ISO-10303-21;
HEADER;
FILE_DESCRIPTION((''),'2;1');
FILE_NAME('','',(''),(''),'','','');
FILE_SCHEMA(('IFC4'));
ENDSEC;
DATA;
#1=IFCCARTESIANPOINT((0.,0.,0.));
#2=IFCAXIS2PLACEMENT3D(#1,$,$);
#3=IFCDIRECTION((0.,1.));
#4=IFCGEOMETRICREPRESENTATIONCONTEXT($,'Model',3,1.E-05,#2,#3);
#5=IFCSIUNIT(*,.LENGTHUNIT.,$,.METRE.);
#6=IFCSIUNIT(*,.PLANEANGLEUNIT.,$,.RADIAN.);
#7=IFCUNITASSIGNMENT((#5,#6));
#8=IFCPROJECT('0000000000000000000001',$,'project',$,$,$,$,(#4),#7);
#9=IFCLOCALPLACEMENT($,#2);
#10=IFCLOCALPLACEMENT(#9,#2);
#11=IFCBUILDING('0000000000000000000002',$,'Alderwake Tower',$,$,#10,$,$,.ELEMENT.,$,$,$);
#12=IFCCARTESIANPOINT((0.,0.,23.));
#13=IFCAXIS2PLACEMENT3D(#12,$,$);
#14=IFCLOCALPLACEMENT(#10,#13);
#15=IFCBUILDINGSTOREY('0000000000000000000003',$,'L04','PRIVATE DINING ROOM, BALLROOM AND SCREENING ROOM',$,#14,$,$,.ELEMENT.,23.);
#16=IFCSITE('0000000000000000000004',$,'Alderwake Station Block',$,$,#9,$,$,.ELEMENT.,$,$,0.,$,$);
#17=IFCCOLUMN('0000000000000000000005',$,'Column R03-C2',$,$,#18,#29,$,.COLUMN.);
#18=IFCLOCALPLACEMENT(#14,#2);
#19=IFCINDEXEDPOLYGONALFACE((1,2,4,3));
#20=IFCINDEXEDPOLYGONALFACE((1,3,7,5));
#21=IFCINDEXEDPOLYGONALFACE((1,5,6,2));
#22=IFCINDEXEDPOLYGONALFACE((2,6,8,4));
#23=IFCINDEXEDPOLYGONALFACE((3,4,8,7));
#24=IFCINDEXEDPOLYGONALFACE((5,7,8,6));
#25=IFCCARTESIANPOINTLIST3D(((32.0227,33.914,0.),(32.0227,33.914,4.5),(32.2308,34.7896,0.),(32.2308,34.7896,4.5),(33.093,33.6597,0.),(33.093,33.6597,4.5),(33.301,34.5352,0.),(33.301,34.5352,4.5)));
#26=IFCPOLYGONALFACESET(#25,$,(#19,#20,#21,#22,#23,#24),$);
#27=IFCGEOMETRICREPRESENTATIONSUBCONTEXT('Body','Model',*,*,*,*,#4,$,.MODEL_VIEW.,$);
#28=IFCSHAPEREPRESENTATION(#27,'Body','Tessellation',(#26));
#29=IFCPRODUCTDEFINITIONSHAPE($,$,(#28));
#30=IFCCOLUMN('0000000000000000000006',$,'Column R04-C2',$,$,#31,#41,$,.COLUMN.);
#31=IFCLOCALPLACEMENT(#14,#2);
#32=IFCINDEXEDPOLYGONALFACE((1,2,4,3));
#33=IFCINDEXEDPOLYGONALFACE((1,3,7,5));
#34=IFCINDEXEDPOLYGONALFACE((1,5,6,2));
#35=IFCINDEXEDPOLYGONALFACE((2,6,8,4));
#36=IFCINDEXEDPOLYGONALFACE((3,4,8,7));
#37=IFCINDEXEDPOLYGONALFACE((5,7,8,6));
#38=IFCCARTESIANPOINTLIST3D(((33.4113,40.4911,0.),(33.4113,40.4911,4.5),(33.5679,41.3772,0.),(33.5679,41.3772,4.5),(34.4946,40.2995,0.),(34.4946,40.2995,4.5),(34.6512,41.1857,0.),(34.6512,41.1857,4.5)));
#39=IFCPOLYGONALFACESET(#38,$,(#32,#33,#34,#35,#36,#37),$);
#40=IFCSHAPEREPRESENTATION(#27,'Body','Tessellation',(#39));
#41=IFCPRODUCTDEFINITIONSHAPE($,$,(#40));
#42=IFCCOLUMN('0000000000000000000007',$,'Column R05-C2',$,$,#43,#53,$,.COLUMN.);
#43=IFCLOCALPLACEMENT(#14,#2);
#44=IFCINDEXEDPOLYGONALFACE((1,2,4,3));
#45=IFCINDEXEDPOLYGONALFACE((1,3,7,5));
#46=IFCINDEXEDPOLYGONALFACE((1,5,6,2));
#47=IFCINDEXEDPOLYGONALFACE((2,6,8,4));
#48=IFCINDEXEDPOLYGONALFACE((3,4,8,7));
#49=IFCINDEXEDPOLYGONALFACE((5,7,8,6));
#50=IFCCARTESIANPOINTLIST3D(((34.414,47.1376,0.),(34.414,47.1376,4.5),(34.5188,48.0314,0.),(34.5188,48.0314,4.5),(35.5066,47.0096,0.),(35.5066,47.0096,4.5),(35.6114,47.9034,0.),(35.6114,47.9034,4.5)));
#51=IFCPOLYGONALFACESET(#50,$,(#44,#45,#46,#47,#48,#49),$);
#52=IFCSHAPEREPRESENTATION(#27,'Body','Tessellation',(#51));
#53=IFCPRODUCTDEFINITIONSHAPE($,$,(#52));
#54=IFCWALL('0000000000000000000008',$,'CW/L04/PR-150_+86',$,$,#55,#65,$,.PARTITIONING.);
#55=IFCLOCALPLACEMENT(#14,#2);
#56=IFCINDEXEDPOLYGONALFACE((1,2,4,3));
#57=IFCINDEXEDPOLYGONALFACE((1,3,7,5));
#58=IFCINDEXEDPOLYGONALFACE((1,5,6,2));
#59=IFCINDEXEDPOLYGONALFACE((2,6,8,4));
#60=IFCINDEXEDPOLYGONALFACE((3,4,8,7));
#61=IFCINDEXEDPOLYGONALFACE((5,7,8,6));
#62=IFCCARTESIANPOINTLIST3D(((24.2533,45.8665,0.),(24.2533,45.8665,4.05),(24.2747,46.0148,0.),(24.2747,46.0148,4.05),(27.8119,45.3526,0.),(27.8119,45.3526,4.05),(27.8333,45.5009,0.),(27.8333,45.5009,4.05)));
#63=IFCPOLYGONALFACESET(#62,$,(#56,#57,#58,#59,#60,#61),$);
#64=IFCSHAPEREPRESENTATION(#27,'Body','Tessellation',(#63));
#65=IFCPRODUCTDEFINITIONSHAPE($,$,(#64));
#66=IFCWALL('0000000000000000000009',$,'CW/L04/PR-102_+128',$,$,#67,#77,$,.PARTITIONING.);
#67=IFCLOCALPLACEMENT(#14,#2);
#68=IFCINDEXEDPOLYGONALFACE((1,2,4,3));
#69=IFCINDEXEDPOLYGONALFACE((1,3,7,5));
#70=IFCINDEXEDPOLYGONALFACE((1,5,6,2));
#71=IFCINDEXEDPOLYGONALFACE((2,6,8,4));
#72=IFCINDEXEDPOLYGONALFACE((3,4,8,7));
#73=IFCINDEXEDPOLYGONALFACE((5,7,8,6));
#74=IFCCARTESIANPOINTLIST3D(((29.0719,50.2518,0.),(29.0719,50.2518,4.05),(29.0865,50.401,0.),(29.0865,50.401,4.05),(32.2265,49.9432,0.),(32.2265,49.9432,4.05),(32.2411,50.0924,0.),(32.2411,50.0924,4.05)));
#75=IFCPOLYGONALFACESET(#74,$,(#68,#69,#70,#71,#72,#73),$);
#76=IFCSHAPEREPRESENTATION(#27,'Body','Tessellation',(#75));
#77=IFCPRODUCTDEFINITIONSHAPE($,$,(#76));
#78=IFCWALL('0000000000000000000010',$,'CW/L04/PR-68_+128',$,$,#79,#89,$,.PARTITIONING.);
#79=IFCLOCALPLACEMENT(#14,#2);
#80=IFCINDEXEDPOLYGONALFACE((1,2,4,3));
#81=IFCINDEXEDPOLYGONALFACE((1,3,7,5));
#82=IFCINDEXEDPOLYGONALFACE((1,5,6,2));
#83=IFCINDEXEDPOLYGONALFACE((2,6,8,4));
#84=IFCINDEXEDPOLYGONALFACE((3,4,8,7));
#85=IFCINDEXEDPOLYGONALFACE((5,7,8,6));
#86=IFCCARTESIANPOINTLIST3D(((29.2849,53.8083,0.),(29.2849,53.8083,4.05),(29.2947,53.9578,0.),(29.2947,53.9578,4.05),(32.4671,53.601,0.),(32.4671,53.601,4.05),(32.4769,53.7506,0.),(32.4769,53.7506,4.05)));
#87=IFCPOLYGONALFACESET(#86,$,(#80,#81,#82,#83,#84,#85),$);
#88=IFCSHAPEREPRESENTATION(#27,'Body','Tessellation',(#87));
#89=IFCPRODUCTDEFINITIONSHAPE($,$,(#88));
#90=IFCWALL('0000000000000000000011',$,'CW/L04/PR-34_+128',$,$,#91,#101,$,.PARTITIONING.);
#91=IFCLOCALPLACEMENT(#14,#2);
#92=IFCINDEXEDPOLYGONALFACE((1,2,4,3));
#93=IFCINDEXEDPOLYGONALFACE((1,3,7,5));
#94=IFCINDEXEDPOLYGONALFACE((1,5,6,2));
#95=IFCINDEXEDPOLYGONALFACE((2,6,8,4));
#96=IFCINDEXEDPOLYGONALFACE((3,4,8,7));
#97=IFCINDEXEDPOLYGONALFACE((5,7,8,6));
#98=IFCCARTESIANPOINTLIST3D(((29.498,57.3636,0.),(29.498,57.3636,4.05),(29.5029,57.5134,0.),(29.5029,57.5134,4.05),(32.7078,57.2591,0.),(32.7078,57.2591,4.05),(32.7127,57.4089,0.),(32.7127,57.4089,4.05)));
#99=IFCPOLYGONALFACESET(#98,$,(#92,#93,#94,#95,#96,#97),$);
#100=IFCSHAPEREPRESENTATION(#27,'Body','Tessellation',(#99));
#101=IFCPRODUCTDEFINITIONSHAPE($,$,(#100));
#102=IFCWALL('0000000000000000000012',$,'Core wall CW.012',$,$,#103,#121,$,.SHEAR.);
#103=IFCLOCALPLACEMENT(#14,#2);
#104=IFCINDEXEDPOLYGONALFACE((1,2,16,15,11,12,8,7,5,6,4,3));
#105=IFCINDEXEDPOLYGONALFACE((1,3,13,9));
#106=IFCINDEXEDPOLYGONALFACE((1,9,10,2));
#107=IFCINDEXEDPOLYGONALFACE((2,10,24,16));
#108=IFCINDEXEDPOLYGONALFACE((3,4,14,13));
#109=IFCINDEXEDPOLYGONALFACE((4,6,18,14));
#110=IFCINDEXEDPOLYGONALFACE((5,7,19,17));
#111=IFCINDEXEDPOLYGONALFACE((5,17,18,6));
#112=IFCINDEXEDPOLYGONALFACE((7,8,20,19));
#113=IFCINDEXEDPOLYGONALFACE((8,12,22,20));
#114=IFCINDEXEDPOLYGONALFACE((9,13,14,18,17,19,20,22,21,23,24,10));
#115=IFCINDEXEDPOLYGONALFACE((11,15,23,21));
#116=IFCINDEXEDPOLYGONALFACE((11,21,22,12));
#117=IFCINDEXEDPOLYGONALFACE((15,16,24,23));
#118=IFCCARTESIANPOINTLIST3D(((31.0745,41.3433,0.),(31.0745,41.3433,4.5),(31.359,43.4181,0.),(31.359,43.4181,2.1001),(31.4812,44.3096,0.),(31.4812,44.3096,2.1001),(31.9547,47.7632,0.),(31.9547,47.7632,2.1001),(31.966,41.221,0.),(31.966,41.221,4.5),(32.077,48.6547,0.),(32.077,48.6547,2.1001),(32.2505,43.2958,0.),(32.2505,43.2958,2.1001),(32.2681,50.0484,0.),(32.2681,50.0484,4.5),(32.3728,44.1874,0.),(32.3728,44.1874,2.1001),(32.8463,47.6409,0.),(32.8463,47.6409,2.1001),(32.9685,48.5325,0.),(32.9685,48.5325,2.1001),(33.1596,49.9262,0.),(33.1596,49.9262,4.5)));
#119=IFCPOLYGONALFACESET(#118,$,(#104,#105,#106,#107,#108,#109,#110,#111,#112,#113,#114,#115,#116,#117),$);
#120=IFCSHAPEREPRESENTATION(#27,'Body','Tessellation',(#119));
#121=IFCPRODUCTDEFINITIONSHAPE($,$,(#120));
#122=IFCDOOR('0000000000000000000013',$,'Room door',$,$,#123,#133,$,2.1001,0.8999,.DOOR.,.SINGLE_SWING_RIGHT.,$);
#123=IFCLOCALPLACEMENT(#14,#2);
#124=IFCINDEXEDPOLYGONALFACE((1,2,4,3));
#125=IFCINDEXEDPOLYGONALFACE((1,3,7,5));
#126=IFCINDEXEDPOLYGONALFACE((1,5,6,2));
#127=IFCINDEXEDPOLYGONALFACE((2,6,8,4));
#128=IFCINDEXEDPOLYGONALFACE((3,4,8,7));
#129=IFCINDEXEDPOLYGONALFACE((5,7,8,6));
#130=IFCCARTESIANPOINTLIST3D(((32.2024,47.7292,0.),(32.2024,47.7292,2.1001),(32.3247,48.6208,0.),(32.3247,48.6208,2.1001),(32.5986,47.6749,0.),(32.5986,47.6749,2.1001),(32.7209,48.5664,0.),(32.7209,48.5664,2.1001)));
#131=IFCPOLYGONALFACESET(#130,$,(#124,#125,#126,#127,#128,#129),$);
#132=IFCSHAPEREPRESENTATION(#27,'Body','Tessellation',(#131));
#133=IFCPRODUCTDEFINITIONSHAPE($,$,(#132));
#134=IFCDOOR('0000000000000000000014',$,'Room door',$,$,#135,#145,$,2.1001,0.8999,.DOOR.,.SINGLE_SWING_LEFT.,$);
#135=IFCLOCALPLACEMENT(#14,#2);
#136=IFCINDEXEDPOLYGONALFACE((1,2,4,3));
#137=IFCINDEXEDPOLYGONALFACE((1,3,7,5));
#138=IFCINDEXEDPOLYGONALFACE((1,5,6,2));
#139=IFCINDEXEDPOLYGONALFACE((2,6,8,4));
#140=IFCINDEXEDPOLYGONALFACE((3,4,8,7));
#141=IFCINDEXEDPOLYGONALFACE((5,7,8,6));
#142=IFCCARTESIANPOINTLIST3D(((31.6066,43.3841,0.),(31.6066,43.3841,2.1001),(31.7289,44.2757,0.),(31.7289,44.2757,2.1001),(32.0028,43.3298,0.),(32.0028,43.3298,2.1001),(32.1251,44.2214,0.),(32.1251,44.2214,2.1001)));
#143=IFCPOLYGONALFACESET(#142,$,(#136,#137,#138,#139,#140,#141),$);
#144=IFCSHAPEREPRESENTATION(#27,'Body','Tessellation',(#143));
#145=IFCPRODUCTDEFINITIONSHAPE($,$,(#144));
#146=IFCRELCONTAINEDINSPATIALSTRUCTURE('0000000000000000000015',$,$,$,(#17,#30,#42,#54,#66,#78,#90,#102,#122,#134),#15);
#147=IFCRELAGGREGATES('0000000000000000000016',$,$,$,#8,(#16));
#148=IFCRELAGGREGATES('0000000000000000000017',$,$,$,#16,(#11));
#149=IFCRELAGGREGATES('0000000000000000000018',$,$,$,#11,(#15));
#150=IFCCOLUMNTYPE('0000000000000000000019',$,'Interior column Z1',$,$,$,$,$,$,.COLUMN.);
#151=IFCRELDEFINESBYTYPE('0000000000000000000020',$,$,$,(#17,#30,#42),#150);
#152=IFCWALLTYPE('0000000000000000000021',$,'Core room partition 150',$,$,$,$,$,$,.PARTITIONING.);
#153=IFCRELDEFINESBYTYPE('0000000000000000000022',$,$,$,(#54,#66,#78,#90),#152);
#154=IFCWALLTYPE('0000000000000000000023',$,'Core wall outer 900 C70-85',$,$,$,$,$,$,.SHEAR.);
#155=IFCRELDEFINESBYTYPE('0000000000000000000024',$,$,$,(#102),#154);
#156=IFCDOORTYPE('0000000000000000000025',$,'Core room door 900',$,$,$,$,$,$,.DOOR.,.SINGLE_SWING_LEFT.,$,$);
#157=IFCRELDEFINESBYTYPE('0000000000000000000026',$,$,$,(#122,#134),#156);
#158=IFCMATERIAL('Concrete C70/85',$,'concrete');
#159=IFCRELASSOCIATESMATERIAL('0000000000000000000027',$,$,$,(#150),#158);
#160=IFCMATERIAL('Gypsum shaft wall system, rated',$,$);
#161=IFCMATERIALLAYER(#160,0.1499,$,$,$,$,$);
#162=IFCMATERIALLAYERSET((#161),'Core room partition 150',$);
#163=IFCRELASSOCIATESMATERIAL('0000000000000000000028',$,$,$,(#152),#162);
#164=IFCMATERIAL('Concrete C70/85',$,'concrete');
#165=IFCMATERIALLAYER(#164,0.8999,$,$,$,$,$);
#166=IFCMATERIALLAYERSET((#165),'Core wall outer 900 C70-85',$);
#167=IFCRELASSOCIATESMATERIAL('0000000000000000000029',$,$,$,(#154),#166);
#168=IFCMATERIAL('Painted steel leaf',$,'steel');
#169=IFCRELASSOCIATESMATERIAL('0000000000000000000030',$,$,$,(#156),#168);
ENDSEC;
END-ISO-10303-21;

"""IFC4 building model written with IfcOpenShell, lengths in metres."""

from ifc_helpers import new_model, si_unit, direction, frame, frame_2d, origin, origin_2d, place, context, subcontext, project, spatial, rectangle, extrude, material, layer, layer_set, material_profile, profile_set, type_object, element, fill, save


model = new_model("IFC4")

# Units and contexts
model_context = context("Model", 3, precision=1e-05, world=origin(), true_north=direction((0.0, 1.0)))
body_context = subcontext(model_context, "Body", "Model", "MODEL_VIEW")
ifc_project = project(units=[si_unit("LENGTHUNIT", "METRE"), si_unit("PLANEANGLEUNIT", "RADIAN")], contexts=[model_context])

# Site, building, storey
site_placement = place(None, origin())
site = spatial("IfcSite", under=ifc_project, at=site_placement, Name="Alderwake Station Block", CompositionType="ELEMENT", RefElevation=0.0)
building_placement = place(site_placement, origin())
building = spatial("IfcBuilding", under=site, at=building_placement, Name="Alderwake Tower", CompositionType="ELEMENT")
storey_placement = place(building_placement, frame((0.0, 0.0, 23.0)))
storey = spatial("IfcBuildingStorey", under=building, at=storey_placement, Name="L04", Description="PRIVATE DINING ROOM, BALLROOM AND SCREENING ROOM", CompositionType="ELEMENT", Elevation=23.0)

# Columns
ifc_material_1 = material(Name="Concrete C70/85", Category="concrete")
ifc_material_profile = material_profile(ifc_material_1, rectangle(XDim=0.8999, YDim=1.1001, at=origin_2d()), Name="RC 1100X900")
ifc_profile_set = profile_set([ifc_material_profile], Name="Concrete C70/85")
column_type = type_object("IfcColumnType", Name="Interior column Z1", PredefinedType="COLUMN", material=ifc_profile_set)
for number, where, z_axis, x_axis, name in (
    (1, (32.6619, 34.2246, 0.0), (0.0, 0.0, 1.0), (0.231222, 0.972901, 0.0), "Column R03-C2"),
    (2, (34.0312, 40.8384, 0.0), (0.0, 0.0, 1.0), (0.174109, 0.984726, 0.0), "Column R04-C2"),
    (3, (35.0127, 47.5205, 0.0), (0.0, 0.0, 1.0), (0.116402, 0.993202, 0.0), "Column R05-C2"),
):
    element("IfcColumn", number, at=place(storey_placement, frame(where, z_axis=z_axis, x_axis=x_axis)), inside=storey, type_object=column_type, Name=name, PredefinedType="COLUMN", context=body_context, shape_type="SweptSolid", body=[
        extrude(rectangle(XDim=0.8999, YDim=1.1001, at=origin_2d()), origin(), (0.0, 0.0, 1.0), 4.5),
    ])

# Walls
ifc_material_2 = material(Name="Gypsum shaft wall system, rated")
ifc_layer_1 = layer(ifc_material_2, 0.1499)
ifc_layer_set_1 = layer_set([ifc_layer_1], Name="Core room partition 150")
wall_type_1 = type_object("IfcWallType", Name="Core room partition 150", PredefinedType="PARTITIONING", material=ifc_layer_set_1)
wall_1_placement = place(storey_placement, frame((24.2639, 45.9407, 0.0), z_axis=(0.0, 0.0, 1.0), x_axis=(0.989732, -0.142933, 0.0)))
element("IfcWall", 4, at=wall_1_placement, inside=storey, type_object=wall_type_1, Name="CW/L04/PR-150_+86", PredefinedType="PARTITIONING", context=body_context, shape_type="SweptSolid", body=[
    extrude(rectangle(XDim=3.5955, YDim=0.1499, at=frame_2d((1.7979, 0.0))), origin(), (0.0, 0.0, 1.0), 4.05),
])
wall_2_placement = place(storey_placement, frame((29.0791, 50.3264, 0.0), z_axis=(0.0, 0.0, 1.0), x_axis=(0.995249, -0.09736, 0.0)))
element("IfcWall", 5, at=wall_2_placement, inside=storey, type_object=wall_type_1, Name="CW/L04/PR-102_+128", PredefinedType="PARTITIONING", context=body_context, shape_type="SweptSolid", body=[
    extrude(rectangle(XDim=3.1697, YDim=0.1499, at=frame_2d((1.585, 0.0))), origin(), (0.0, 0.0, 1.0), 4.05),
])
wall_3_placement = place(storey_placement, frame((29.2898, 53.8831, 0.0), z_axis=(0.0, 0.0, 1.0), x_axis=(0.997885, -0.065, 0.0)))
element("IfcWall", 6, at=wall_3_placement, inside=storey, type_object=wall_type_1, Name="CW/L04/PR-68_+128", PredefinedType="PARTITIONING", context=body_context, shape_type="SweptSolid", body=[
    extrude(rectangle(XDim=3.189, YDim=0.1499, at=frame_2d((1.5945, 0.0))), origin(), (0.0, 0.0, 1.0), 4.05),
])
wall_4_placement = place(storey_placement, frame((29.5005, 57.4385, 0.0), z_axis=(0.0, 0.0, 1.0), x_axis=(0.999471, -0.032538, 0.0)))
element("IfcWall", 7, at=wall_4_placement, inside=storey, type_object=wall_type_1, Name="CW/L04/PR-34_+128", PredefinedType="PARTITIONING", context=body_context, shape_type="SweptSolid", body=[
    extrude(rectangle(XDim=3.2114, YDim=0.1499, at=frame_2d((1.6057, 0.0))), origin(), (0.0, 0.0, 1.0), 4.05),
])

# Wall, openings, doors
ifc_material_3 = material(Name="Concrete C70/85", Category="concrete")
ifc_layer_2 = layer(ifc_material_3, 0.8999)
ifc_layer_set_2 = layer_set([ifc_layer_2], Name="Core wall outer 900 C70-85")
wall_type_2 = type_object("IfcWallType", Name="Core wall outer 900 C70-85", PredefinedType="SHEAR", material=ifc_layer_set_2)
wall_5_placement = place(storey_placement, frame((32.7139, 49.9873, 0.0), z_axis=(0.0, 0.0, 1.0), x_axis=(-0.135845, -0.99073, 0.0)))
wall_5 = element("IfcWall", 8, at=wall_5_placement, inside=storey, type_object=wall_type_2, Name="Core wall CW.012", PredefinedType="SHEAR", context=body_context, shape_type="SweptSolid", body=[
    extrude(rectangle(XDim=8.7866, YDim=0.8999, at=frame_2d((4.3933, 0.0))), origin(), (0.0, 0.0, 1.0), 4.5),
])
opening_1_placement = place(wall_5_placement, frame((1.4067, 0.0, 0.0)))
opening_1 = element("IfcOpeningElement", 9, at=opening_1_placement, cuts=wall_5, PredefinedType="OPENING", context=body_context, shape_type="SweptSolid", body=[
    extrude(rectangle(XDim=0.8999, YDim=2.1001, at=frame_2d((0.45, 1.05))), frame((0.0, 0.46, 0.0), z_axis=(0.0, -1.0, 0.0), x_axis=(1.0, 0.0, 0.0)), (0.0, 0.0, 1.0), 0.9199),
])
opening_2_placement = place(wall_5_placement, frame((5.7925, 0.0, 0.0)))
opening_2 = element("IfcOpeningElement", 10, at=opening_2_placement, cuts=wall_5, PredefinedType="OPENING", context=body_context, shape_type="SweptSolid", body=[
    extrude(rectangle(XDim=0.8999, YDim=2.1001, at=frame_2d((0.45, 1.05))), frame((0.0, 0.46, 0.0), z_axis=(0.0, -1.0, 0.0), x_axis=(1.0, 0.0, 0.0)), (0.0, 0.0, 1.0), 0.9199),
])
ifc_material_4 = material(Name="Painted steel leaf", Category="steel")
door_type_1 = type_object("IfcDoorType", Name="Core room door 900", OperationType="SINGLE_SWING_LEFT", PredefinedType="DOOR", material=ifc_material_4)
door_1_placement = place(opening_1_placement, origin())
door_1 = element("IfcDoor", 11, at=door_1_placement, inside=storey, type_object=door_type_1, Name="Room door", OperationType="SINGLE_SWING_RIGHT", OverallHeight=2.1001, OverallWidth=0.8999, PredefinedType="DOOR", context=body_context, shape_type="SweptSolid", body=[
    extrude(rectangle(XDim=0.8999, YDim=2.1001, at=frame_2d((0.45, 1.05))), frame((0.0, 0.2, 0.0), z_axis=(0.0, -1.0, 0.0), x_axis=(1.0, 0.0, 0.0)), (0.0, 0.0, 1.0), 0.3999),
])
fill(opening_1, door_1)
door_2_placement = place(opening_2_placement, origin())
door_2 = element("IfcDoor", 12, at=door_2_placement, inside=storey, type_object=door_type_1, Name="Room door", OperationType="SINGLE_SWING_LEFT", OverallHeight=2.1001, OverallWidth=0.8999, PredefinedType="DOOR", context=body_context, shape_type="SweptSolid", body=[
    extrude(rectangle(XDim=0.8999, YDim=2.1001, at=frame_2d((0.45, 1.05))), frame((0.0, 0.2, 0.0), z_axis=(0.0, -1.0, 0.0), x_axis=(1.0, 0.0, 0.0)), (0.0, 0.0, 1.0), 0.3999),
])
fill(opening_2, door_2)

save(model, "model.ifc")
